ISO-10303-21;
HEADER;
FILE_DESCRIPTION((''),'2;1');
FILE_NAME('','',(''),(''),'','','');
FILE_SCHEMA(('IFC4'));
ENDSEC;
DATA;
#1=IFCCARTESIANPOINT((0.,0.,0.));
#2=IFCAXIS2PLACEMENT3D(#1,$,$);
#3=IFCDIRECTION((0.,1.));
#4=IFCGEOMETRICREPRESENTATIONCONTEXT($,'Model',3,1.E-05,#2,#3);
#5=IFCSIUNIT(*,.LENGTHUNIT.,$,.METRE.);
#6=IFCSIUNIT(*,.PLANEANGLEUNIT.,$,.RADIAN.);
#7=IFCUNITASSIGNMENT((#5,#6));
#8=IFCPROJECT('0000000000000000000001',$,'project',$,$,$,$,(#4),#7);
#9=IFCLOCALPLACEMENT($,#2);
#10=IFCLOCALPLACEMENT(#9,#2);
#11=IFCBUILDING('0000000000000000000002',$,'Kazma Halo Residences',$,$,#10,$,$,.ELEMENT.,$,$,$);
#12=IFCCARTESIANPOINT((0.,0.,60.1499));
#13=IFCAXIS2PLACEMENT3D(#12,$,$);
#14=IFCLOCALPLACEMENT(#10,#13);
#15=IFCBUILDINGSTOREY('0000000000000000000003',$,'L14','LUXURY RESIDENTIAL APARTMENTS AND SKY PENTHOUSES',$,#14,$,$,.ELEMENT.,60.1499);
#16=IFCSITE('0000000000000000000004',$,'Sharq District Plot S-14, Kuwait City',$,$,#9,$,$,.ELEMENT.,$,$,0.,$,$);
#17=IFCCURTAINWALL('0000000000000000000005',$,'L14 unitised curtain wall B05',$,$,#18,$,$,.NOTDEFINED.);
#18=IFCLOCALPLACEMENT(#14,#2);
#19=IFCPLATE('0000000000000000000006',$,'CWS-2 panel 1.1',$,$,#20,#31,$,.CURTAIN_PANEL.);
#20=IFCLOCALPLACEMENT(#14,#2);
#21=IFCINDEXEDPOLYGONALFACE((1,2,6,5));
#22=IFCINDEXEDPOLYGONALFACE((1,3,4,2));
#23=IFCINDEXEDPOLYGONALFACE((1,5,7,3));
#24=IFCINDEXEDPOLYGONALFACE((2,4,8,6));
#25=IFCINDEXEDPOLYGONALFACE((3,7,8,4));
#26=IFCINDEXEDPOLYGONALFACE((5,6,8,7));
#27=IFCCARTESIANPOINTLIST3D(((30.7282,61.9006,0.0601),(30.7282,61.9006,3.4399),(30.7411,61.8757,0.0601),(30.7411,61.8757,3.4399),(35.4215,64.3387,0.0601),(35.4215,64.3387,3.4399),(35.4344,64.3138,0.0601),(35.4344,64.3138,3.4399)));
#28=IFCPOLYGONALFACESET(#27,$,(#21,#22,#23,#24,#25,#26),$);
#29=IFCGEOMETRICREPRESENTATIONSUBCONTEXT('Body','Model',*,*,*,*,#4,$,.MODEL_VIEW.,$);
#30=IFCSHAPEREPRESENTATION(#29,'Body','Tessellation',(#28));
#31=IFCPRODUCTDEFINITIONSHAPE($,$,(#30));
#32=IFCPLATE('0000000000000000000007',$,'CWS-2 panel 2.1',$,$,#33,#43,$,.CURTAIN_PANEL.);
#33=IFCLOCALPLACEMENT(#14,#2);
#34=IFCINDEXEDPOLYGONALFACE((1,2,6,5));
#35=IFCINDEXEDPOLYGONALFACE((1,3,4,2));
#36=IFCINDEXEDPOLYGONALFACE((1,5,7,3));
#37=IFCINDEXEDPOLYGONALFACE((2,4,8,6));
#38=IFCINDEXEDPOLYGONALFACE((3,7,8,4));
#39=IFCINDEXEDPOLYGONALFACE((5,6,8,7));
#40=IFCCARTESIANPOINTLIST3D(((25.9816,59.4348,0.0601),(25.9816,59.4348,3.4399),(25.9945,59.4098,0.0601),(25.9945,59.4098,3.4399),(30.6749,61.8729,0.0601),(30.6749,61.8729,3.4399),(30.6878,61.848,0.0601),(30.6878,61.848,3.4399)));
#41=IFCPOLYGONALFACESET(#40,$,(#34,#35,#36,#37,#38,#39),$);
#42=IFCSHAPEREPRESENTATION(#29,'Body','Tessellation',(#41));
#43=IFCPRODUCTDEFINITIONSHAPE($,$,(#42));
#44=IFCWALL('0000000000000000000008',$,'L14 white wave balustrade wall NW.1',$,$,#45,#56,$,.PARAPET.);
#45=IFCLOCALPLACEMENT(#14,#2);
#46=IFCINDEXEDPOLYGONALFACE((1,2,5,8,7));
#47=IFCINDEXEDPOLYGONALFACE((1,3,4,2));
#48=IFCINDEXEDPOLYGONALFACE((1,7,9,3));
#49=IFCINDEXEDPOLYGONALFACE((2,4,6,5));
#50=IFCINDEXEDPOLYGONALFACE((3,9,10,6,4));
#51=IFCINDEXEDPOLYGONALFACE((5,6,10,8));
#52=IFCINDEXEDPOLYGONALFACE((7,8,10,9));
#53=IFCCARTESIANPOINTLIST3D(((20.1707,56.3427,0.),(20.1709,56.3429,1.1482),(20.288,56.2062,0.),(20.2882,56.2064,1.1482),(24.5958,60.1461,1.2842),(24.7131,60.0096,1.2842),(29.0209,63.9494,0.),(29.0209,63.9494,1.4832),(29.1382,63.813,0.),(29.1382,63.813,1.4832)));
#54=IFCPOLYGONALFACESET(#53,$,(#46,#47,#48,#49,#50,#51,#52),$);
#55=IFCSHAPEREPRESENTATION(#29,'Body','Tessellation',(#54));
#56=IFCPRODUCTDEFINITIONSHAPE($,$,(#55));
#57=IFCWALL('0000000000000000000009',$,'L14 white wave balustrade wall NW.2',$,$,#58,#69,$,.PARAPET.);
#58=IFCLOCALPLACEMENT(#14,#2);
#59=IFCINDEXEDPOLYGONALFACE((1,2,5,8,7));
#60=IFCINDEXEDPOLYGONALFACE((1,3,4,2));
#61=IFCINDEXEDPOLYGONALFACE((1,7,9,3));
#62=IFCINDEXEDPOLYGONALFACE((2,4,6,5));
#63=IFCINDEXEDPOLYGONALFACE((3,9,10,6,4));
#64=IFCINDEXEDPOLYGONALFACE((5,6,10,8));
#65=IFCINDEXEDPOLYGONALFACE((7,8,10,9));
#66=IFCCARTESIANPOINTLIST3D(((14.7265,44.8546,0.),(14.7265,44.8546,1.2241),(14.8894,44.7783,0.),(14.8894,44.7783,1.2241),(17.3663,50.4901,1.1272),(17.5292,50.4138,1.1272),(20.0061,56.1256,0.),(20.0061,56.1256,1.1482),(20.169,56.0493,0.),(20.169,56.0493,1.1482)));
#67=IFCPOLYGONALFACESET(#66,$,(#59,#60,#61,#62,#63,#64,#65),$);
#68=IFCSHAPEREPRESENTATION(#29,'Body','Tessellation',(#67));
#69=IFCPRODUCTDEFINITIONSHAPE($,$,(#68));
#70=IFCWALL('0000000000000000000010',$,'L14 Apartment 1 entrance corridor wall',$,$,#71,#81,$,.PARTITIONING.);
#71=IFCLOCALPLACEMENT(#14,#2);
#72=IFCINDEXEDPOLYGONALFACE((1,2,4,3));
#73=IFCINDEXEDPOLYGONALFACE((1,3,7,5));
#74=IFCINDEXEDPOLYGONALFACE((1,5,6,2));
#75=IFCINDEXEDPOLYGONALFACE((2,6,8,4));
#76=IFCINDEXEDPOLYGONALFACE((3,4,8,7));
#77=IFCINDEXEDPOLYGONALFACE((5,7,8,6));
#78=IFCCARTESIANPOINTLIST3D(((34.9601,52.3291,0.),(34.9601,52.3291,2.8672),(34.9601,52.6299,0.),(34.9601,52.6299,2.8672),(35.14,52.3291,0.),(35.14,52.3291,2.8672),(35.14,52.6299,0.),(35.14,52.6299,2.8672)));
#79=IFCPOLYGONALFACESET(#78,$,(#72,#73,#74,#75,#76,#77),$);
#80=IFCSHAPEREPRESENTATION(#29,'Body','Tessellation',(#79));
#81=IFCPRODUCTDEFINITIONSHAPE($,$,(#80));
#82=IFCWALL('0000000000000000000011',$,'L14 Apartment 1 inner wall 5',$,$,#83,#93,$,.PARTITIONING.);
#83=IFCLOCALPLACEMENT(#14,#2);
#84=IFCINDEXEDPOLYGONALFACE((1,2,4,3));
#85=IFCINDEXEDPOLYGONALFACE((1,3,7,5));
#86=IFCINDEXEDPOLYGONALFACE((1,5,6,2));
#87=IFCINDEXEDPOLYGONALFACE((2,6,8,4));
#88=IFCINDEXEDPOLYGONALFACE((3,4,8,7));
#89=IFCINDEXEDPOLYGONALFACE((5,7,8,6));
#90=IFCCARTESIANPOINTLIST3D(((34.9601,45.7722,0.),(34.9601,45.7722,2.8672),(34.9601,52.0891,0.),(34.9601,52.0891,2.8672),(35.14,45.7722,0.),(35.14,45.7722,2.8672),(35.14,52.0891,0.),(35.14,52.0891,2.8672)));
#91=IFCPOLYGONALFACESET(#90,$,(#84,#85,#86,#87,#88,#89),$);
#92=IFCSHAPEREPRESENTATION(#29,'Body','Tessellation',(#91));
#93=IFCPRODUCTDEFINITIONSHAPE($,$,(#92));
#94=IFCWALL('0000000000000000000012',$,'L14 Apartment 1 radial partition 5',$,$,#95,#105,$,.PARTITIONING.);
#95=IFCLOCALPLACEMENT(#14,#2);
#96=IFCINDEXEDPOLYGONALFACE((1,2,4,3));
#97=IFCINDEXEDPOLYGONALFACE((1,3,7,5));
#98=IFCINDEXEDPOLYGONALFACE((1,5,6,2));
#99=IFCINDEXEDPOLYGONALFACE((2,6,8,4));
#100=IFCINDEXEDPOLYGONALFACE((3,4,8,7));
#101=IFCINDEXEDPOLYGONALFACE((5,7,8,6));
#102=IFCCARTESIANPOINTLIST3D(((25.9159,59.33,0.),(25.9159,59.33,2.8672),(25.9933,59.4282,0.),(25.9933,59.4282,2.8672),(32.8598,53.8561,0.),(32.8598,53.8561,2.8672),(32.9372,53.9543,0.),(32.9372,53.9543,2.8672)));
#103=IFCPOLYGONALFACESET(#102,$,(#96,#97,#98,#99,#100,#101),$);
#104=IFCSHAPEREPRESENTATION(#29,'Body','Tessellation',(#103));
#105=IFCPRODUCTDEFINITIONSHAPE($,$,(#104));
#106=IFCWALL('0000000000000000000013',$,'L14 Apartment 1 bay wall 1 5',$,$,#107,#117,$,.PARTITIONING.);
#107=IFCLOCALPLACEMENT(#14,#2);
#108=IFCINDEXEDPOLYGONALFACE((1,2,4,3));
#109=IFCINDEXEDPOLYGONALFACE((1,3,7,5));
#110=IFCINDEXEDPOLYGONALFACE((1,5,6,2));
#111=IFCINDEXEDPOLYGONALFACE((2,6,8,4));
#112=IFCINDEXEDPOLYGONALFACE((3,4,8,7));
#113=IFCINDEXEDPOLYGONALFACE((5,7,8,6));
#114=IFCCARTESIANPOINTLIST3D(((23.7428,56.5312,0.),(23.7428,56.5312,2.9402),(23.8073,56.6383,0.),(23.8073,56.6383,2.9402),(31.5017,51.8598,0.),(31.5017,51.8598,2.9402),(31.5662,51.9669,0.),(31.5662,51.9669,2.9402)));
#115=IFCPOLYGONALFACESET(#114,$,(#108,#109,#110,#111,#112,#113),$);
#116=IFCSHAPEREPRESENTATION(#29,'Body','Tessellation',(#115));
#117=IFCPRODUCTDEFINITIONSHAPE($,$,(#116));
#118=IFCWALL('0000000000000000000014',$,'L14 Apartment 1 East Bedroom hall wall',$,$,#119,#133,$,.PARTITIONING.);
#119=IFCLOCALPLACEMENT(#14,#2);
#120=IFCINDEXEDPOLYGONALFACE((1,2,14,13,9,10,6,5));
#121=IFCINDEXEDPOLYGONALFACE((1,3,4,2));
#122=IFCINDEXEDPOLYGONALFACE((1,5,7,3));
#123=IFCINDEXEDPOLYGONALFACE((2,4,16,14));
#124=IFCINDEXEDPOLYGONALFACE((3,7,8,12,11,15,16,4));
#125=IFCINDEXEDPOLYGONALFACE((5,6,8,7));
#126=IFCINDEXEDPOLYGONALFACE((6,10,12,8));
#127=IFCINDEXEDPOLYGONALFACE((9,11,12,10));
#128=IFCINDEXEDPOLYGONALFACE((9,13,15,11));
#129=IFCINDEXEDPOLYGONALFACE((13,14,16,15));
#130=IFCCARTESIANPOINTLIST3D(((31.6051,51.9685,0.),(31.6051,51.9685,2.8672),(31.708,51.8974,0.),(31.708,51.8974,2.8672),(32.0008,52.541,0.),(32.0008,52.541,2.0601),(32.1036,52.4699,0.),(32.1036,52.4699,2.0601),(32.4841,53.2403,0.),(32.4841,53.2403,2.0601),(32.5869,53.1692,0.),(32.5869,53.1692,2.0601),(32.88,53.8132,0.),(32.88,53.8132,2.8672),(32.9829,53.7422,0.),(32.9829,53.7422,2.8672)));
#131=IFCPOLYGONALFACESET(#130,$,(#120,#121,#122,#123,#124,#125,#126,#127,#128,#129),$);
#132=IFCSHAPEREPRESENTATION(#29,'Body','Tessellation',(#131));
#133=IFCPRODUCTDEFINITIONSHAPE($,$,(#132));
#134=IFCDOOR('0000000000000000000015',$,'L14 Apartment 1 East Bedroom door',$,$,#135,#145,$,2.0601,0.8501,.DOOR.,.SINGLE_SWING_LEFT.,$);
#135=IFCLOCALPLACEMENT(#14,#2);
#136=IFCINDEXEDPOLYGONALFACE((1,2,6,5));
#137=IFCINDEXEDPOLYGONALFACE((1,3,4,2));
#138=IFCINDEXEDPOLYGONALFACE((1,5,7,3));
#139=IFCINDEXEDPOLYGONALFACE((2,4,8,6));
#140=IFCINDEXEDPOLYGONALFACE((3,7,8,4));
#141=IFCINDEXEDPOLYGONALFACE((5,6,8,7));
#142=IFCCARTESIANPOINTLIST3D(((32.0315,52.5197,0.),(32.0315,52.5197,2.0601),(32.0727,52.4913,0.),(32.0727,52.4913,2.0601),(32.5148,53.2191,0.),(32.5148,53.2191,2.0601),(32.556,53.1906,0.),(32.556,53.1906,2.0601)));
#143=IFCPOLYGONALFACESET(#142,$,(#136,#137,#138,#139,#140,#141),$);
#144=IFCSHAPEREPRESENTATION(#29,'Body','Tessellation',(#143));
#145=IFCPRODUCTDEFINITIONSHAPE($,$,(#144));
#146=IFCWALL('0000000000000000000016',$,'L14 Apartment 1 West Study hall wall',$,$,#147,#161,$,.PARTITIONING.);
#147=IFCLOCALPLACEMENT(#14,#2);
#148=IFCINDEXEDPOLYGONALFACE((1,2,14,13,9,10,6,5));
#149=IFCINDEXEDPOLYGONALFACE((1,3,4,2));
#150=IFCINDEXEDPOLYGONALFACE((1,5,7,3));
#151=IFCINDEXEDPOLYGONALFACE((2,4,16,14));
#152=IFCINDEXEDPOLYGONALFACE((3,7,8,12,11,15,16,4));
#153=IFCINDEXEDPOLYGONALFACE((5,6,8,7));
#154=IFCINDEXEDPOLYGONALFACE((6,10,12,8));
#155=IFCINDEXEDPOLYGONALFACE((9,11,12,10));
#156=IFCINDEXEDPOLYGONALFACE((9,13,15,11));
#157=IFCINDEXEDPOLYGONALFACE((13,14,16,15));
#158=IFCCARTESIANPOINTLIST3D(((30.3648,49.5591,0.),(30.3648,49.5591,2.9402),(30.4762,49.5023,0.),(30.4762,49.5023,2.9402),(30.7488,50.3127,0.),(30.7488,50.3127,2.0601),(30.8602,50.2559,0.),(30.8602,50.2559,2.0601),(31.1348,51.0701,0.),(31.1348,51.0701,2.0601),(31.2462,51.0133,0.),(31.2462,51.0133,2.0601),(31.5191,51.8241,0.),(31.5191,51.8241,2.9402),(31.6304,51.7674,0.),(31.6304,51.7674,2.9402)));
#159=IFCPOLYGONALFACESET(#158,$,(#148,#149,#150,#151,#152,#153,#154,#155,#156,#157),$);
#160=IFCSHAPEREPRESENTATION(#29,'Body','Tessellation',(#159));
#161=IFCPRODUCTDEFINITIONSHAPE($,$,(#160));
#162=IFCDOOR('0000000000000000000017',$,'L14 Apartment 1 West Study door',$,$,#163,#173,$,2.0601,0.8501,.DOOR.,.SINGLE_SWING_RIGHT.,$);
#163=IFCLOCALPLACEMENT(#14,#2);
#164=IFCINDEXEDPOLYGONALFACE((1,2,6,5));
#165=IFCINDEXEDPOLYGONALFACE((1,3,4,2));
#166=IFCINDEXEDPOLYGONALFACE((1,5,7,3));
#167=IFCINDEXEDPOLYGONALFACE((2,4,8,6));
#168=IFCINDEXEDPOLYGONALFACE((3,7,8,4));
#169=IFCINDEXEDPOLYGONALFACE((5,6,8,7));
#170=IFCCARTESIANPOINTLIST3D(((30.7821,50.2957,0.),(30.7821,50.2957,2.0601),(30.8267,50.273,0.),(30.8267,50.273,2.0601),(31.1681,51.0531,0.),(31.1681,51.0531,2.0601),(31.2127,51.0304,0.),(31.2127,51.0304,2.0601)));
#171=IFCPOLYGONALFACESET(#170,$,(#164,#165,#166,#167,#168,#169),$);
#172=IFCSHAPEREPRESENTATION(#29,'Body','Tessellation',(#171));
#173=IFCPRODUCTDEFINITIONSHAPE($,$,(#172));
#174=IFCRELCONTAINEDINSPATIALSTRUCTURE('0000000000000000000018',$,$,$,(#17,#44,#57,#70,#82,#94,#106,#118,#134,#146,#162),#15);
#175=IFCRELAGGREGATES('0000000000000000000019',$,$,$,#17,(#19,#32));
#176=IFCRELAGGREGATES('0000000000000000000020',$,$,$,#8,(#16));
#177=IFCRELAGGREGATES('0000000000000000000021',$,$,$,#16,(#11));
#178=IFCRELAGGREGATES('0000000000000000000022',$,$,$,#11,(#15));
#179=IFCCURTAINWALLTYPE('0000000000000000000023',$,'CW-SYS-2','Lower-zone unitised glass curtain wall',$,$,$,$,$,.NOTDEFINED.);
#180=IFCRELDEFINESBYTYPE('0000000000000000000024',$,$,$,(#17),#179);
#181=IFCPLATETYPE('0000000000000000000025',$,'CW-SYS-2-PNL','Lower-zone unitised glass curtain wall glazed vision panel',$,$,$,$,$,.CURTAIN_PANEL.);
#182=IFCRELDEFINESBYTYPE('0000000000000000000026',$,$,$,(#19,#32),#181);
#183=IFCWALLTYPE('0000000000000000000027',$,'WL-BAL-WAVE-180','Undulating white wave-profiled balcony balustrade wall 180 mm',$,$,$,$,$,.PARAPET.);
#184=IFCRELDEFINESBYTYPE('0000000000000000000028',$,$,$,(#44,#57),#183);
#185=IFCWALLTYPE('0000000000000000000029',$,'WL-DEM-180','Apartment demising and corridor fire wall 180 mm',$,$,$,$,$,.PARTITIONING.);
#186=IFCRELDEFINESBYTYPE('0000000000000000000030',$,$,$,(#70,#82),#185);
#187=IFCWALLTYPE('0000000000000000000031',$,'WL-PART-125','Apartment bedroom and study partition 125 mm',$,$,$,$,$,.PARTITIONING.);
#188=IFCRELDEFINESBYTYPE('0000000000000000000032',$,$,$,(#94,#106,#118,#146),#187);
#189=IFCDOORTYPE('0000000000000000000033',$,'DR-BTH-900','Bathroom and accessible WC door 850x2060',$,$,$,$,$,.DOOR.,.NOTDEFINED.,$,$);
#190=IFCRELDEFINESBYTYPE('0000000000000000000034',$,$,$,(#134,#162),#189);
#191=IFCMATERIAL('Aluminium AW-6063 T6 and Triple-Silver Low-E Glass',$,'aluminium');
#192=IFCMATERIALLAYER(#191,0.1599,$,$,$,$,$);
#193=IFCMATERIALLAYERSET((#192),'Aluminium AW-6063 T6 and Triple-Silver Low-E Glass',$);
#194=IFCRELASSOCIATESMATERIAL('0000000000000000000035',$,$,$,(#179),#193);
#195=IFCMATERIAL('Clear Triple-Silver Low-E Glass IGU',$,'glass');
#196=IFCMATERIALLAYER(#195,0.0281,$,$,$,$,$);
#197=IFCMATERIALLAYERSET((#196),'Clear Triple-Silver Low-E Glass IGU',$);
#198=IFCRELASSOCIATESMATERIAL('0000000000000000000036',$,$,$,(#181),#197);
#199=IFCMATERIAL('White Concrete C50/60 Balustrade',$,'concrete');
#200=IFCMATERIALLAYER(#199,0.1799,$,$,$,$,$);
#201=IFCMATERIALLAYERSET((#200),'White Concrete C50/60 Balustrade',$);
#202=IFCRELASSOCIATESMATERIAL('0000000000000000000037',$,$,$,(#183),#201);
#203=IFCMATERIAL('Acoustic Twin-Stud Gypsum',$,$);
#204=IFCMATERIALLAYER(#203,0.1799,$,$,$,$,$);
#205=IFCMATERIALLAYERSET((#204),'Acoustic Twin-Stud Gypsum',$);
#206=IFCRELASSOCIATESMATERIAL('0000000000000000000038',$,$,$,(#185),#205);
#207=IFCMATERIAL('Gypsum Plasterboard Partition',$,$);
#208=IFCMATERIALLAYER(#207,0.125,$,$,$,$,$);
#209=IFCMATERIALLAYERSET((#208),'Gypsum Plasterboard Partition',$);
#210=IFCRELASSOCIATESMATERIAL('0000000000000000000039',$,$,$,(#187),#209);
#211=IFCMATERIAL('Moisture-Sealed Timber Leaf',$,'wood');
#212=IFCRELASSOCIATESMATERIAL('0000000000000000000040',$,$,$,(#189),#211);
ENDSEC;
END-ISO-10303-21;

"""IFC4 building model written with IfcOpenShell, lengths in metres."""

from ifc_helpers import new_model, si_unit, direction, frame, frame_2d, origin, origin_2d, place, context, subcontext, project, spatial, polyline, rectangle, outline, extrude, material, layer, layer_set, type_object, element, fill, aggregate, save


model = new_model("IFC4")

# Units and contexts
model_context = context("Model", 3, precision=1e-05, world=origin(), true_north=direction((0.0, 1.0)))
body_context = subcontext(model_context, "Body", "Model", "MODEL_VIEW")
ifc_project = project(units=[si_unit("LENGTHUNIT", "METRE"), si_unit("PLANEANGLEUNIT", "RADIAN")], contexts=[model_context])

# Site, building, storey
site_placement = place(None, origin())
site = spatial("IfcSite", under=ifc_project, at=site_placement, Name="Sharq District Plot S-14, Kuwait City", CompositionType="ELEMENT", RefElevation=0.0)
building_placement = place(site_placement, origin())
building = spatial("IfcBuilding", under=site, at=building_placement, Name="Kazma Halo Residences", CompositionType="ELEMENT")
storey_placement = place(building_placement, frame((0.0, 0.0, 60.1499)))
storey = spatial("IfcBuildingStorey", under=building, at=storey_placement, Name="L14", Description="LUXURY RESIDENTIAL APARTMENTS AND SKY PENTHOUSES", CompositionType="ELEMENT", Elevation=60.1499)

# Curtain wall
ifc_material_1 = material(Name="Aluminium AW-6063 T6 and Triple-Silver Low-E Glass", Category="aluminium")
ifc_layer_1 = layer(ifc_material_1, 0.1599)
ifc_layer_set_1 = layer_set([ifc_layer_1], Name="Aluminium AW-6063 T6 and Triple-Silver Low-E Glass")
curtain_wall_type = type_object("IfcCurtainWallType", Name="CW-SYS-2", Description="Lower-zone unitised glass curtain wall", PredefinedType="NOTDEFINED", material=ifc_layer_set_1)
curtain_wall_1_placement = place(storey_placement, origin())
curtain_wall_1 = element("IfcCurtainWall", 1, at=curtain_wall_1_placement, inside=storey, type_object=curtain_wall_type, Name="L14 unitised curtain wall B05", PredefinedType="NOTDEFINED")

# Plates
ifc_material_2 = material(Name="Clear Triple-Silver Low-E Glass IGU", Category="glass")
ifc_layer_2 = layer(ifc_material_2, 0.0281)
ifc_layer_set_2 = layer_set([ifc_layer_2], Name="Clear Triple-Silver Low-E Glass IGU")
plate_type = type_object("IfcPlateType", Name="CW-SYS-2-PNL", Description="Lower-zone unitised glass curtain wall glazed vision panel", PredefinedType="CURTAIN_PANEL", material=ifc_layer_set_2)
plate_1_placement = place(storey_placement, frame((33.0813, 63.1072, 0.0601), z_axis=(0.0, 0.0, 1.0), x_axis=(-0.887402, -0.460996, 0.0)))
plate_1 = element("IfcPlate", 2, at=plate_1_placement, type_object=plate_type, Name="CWS-2 panel 1.1", PredefinedType="CURTAIN_PANEL", context=body_context, shape_type="SweptSolid", body=[
    extrude(rectangle(XDim=5.2888, YDim=0.0281, at=origin_2d()), origin(), (0.0, 0.0, 1.0), 3.3799),
])
plate_2_placement = place(storey_placement, frame((28.3347, 60.6414, 0.0601), z_axis=(0.0, 0.0, 1.0), x_axis=(-0.887402, -0.460996, 0.0)))
plate_2 = element("IfcPlate", 3, at=plate_2_placement, type_object=plate_type, Name="CWS-2 panel 2.1", PredefinedType="CURTAIN_PANEL", context=body_context, shape_type="SweptSolid", body=[
    extrude(rectangle(XDim=5.2888, YDim=0.0281, at=origin_2d()), origin(), (0.0, 0.0, 1.0), 3.3799),
])
aggregate(curtain_wall_1, [plate_1, plate_2])

# Walls
ifc_material_3 = material(Name="White Concrete C50/60 Balustrade", Category="concrete")
ifc_layer_3 = layer(ifc_material_3, 0.1799)
ifc_layer_set_3 = layer_set([ifc_layer_3], Name="White Concrete C50/60 Balustrade")
wall_type_1 = type_object("IfcWallType", Name="WL-BAL-WAVE-180", Description="Undulating white wave-profiled balcony balustrade wall 180 mm", PredefinedType="PARAPET", material=ifc_layer_set_3)
wall_1_placement = place(storey_placement, frame((29.0796, 63.8811, 0.0), z_axis=(0.0, 0.0, 1.0), x_axis=(-0.758371, -0.651823, 0.0)))
element("IfcWall", 4, at=wall_1_placement, inside=storey, type_object=wall_type_1, Name="L14 white wave balustrade wall NW.1", PredefinedType="PARAPET", context=body_context, shape_type="SweptSolid", body=[
    extrude(outline(polyline([(0.0, 0.0), (11.6699, 0.0), (11.6697, 1.1482), (5.835, 1.2842), (0.0, 1.4832), (0.0, 0.0)])), frame((0.0, 0.0898, 0.0), z_axis=(0.0, -1.0, 0.0), x_axis=(1.0, 0.0, 0.0)), (0.0, 0.0, 1.0), 0.1799),
])
wall_2_placement = place(storey_placement, frame((20.0876, 56.0874, 0.0), z_axis=(0.0, 0.0, 1.0), x_axis=(-0.424188, -0.905574, 0.0)))
element("IfcWall", 5, at=wall_2_placement, inside=storey, type_object=wall_type_1, Name="L14 white wave balustrade wall NW.2", PredefinedType="PARAPET", context=body_context, shape_type="SweptSolid", body=[
    extrude(outline(polyline([(0.0, 0.0), (12.4463, 0.0), (12.4463, 1.2241), (6.2231, 1.1272), (0.0, 1.1482), (0.0, 0.0)])), frame((0.0, 0.0898, 0.0), z_axis=(0.0, -1.0, 0.0), x_axis=(1.0, 0.0, 0.0)), (0.0, 0.0, 1.0), 0.1799),
])
ifc_material_4 = material(Name="Acoustic Twin-Stud Gypsum")
ifc_layer_4 = layer(ifc_material_4, 0.1799)
ifc_layer_set_4 = layer_set([ifc_layer_4], Name="Acoustic Twin-Stud Gypsum")
wall_type_2 = type_object("IfcWallType", Name="WL-DEM-180", Description="Apartment demising and corridor fire wall 180 mm", PredefinedType="PARTITIONING", material=ifc_layer_set_4)
wall_3_placement = place(storey_placement, frame((35.05, 52.6299, 0.0), z_axis=(0.0, 0.0, 1.0), x_axis=(0.0, -1.0, 0.0)))
element("IfcWall", 6, at=wall_3_placement, inside=storey, type_object=wall_type_2, Name="L14 Apartment 1 entrance corridor wall", PredefinedType="PARTITIONING", context=body_context, shape_type="SweptSolid", body=[
    extrude(rectangle(XDim=0.3008, YDim=0.1799, at=frame_2d((0.1504, 0.0))), origin(), (0.0, 0.0, 1.0), 2.8672),
])
wall_4_placement = place(storey_placement, frame((35.05, 52.0891, 0.0), z_axis=(0.0, 0.0, 1.0), x_axis=(0.0, -1.0, 0.0)))
element("IfcWall", 7, at=wall_4_placement, inside=storey, type_object=wall_type_2, Name="L14 Apartment 1 inner wall 5", PredefinedType="PARTITIONING", context=body_context, shape_type="SweptSolid", body=[
    extrude(rectangle(XDim=6.3169, YDim=0.1799, at=frame_2d((3.1584, 0.0))), origin(), (0.0, 0.0, 1.0), 2.8672),
])

# Walls
ifc_material_5 = material(Name="Gypsum Plasterboard Partition")
ifc_layer_5 = layer(ifc_material_5, 0.125)
ifc_layer_set_5 = layer_set([ifc_layer_5], Name="Gypsum Plasterboard Partition")
wall_type_3 = type_object("IfcWallType", Name="WL-PART-125", Description="Apartment bedroom and study partition 125 mm", PredefinedType="PARTITIONING", material=ifc_layer_set_5)
wall_5_placement = place(storey_placement, frame((32.8984, 53.9053, 0.0), z_axis=(0.0, 0.0, 1.0), x_axis=(-0.785329, 0.619079, 0.0)))
element("IfcWall", 8, at=wall_5_placement, inside=storey, type_object=wall_type_3, Name="L14 Apartment 1 radial partition 5", PredefinedType="PARTITIONING", context=body_context, shape_type="SweptSolid", body=[
    extrude(rectangle(XDim=8.842, YDim=0.125, at=frame_2d((4.4209, 0.0))), origin(), (0.0, 0.0, 1.0), 2.8672),
])
wall_6_placement = place(storey_placement, frame((31.5339, 51.9133, 0.0), z_axis=(0.0, 0.0, 1.0), x_axis=(-0.856707, 0.515803, 0.0)))
element("IfcWall", 9, at=wall_6_placement, inside=storey, type_object=wall_type_3, Name="L14 Apartment 1 bay wall 1 5", PredefinedType="PARTITIONING", context=body_context, shape_type="SweptSolid", body=[
    extrude(rectangle(XDim=9.0566, YDim=0.125, at=frame_2d((4.5283, 0.0))), origin(), (0.0, 0.0, 1.0), 2.9402),
])

# Walls, openings, doors
wall_7_placement = place(storey_placement, frame((32.9314, 53.7776, 0.0), z_axis=(0.0, 0.0, 1.0), x_axis=(-0.568542, -0.822654, 0.0)))
wall_7 = element("IfcWall", 10, at=wall_7_placement, inside=storey, type_object=wall_type_3, Name="L14 Apartment 1 East Bedroom hall wall", PredefinedType="PARTITIONING", context=body_context, shape_type="SweptSolid", body=[
    extrude(rectangle(XDim=2.2424, YDim=0.125, at=frame_2d((1.1211, 0.0))), origin(), (0.0, 0.0, 1.0), 2.8672),
])
opening_1_placement = place(wall_7_placement, frame((0.6963, 0.0, 0.0)))
opening_1 = element("IfcOpeningElement", 11, at=opening_1_placement, cuts=wall_7, PredefinedType="OPENING", context=body_context, shape_type="SweptSolid", body=[
    extrude(rectangle(XDim=0.8501, YDim=2.0601, at=frame_2d((0.425, 1.03))), frame((0.0, 0.0725, 0.0), z_axis=(0.0, -1.0, 0.0), x_axis=(1.0, 0.0, 0.0)), (0.0, 0.0, 1.0), 0.145),
])
ifc_material_6 = material(Name="Moisture-Sealed Timber Leaf", Category="wood")
door_type_1 = type_object("IfcDoorType", Name="DR-BTH-900", Description="Bathroom and accessible WC door 850x2060", OperationType="NOTDEFINED", PredefinedType="DOOR", material=ifc_material_6)
door_1_placement = place(opening_1_placement, origin())
door_1 = element("IfcDoor", 12, at=door_1_placement, inside=storey, type_object=door_type_1, Name="L14 Apartment 1 East Bedroom door", OperationType="SINGLE_SWING_LEFT", OverallHeight=2.0601, OverallWidth=0.8501, PredefinedType="DOOR", context=body_context, shape_type="SweptSolid", body=[
    extrude(rectangle(XDim=0.8501, YDim=2.0601, at=frame_2d((0.425, 1.03))), frame((0.0, 0.0249, 0.0), z_axis=(0.0, -1.0, 0.0), x_axis=(1.0, 0.0, 0.0)), (0.0, 0.0, 1.0), 0.05),
])
fill(opening_1, door_1)
wall_8_placement = place(storey_placement, frame((31.5747, 51.7957, 0.0), z_axis=(0.0, 0.0, 1.0), x_axis=(-0.454038, -0.890982, 0.0)))
wall_8 = element("IfcWall", 13, at=wall_8_placement, inside=storey, type_object=wall_type_3, Name="L14 Apartment 1 West Study hall wall", PredefinedType="PARTITIONING", context=body_context, shape_type="SweptSolid", body=[
    extrude(rectangle(XDim=2.5422, YDim=0.125, at=frame_2d((1.271, 0.0))), origin(), (0.0, 0.0, 1.0), 2.9402),
])
opening_2_placement = place(wall_8_placement, frame((0.8462, 0.0, 0.0)))
opening_2 = element("IfcOpeningElement", 14, at=opening_2_placement, cuts=wall_8, PredefinedType="OPENING", context=body_context, shape_type="SweptSolid", body=[
    extrude(rectangle(XDim=0.8501, YDim=2.0601, at=frame_2d((0.425, 1.03))), frame((0.0, 0.0725, 0.0), z_axis=(0.0, -1.0, 0.0), x_axis=(1.0, 0.0, 0.0)), (0.0, 0.0, 1.0), 0.145),
])
door_2_placement = place(opening_2_placement, origin())
door_2 = element("IfcDoor", 15, at=door_2_placement, inside=storey, type_object=door_type_1, Name="L14 Apartment 1 West Study door", OperationType="SINGLE_SWING_RIGHT", OverallHeight=2.0601, OverallWidth=0.8501, PredefinedType="DOOR", context=body_context, shape_type="SweptSolid", body=[
    extrude(rectangle(XDim=0.8501, YDim=2.0601, at=frame_2d((0.425, 1.03))), frame((0.0, 0.0249, 0.0), z_axis=(0.0, -1.0, 0.0), x_axis=(1.0, 0.0, 0.0)), (0.0, 0.0, 1.0), 0.05),
])
fill(opening_2, door_2)

save(model, "model.ifc")
